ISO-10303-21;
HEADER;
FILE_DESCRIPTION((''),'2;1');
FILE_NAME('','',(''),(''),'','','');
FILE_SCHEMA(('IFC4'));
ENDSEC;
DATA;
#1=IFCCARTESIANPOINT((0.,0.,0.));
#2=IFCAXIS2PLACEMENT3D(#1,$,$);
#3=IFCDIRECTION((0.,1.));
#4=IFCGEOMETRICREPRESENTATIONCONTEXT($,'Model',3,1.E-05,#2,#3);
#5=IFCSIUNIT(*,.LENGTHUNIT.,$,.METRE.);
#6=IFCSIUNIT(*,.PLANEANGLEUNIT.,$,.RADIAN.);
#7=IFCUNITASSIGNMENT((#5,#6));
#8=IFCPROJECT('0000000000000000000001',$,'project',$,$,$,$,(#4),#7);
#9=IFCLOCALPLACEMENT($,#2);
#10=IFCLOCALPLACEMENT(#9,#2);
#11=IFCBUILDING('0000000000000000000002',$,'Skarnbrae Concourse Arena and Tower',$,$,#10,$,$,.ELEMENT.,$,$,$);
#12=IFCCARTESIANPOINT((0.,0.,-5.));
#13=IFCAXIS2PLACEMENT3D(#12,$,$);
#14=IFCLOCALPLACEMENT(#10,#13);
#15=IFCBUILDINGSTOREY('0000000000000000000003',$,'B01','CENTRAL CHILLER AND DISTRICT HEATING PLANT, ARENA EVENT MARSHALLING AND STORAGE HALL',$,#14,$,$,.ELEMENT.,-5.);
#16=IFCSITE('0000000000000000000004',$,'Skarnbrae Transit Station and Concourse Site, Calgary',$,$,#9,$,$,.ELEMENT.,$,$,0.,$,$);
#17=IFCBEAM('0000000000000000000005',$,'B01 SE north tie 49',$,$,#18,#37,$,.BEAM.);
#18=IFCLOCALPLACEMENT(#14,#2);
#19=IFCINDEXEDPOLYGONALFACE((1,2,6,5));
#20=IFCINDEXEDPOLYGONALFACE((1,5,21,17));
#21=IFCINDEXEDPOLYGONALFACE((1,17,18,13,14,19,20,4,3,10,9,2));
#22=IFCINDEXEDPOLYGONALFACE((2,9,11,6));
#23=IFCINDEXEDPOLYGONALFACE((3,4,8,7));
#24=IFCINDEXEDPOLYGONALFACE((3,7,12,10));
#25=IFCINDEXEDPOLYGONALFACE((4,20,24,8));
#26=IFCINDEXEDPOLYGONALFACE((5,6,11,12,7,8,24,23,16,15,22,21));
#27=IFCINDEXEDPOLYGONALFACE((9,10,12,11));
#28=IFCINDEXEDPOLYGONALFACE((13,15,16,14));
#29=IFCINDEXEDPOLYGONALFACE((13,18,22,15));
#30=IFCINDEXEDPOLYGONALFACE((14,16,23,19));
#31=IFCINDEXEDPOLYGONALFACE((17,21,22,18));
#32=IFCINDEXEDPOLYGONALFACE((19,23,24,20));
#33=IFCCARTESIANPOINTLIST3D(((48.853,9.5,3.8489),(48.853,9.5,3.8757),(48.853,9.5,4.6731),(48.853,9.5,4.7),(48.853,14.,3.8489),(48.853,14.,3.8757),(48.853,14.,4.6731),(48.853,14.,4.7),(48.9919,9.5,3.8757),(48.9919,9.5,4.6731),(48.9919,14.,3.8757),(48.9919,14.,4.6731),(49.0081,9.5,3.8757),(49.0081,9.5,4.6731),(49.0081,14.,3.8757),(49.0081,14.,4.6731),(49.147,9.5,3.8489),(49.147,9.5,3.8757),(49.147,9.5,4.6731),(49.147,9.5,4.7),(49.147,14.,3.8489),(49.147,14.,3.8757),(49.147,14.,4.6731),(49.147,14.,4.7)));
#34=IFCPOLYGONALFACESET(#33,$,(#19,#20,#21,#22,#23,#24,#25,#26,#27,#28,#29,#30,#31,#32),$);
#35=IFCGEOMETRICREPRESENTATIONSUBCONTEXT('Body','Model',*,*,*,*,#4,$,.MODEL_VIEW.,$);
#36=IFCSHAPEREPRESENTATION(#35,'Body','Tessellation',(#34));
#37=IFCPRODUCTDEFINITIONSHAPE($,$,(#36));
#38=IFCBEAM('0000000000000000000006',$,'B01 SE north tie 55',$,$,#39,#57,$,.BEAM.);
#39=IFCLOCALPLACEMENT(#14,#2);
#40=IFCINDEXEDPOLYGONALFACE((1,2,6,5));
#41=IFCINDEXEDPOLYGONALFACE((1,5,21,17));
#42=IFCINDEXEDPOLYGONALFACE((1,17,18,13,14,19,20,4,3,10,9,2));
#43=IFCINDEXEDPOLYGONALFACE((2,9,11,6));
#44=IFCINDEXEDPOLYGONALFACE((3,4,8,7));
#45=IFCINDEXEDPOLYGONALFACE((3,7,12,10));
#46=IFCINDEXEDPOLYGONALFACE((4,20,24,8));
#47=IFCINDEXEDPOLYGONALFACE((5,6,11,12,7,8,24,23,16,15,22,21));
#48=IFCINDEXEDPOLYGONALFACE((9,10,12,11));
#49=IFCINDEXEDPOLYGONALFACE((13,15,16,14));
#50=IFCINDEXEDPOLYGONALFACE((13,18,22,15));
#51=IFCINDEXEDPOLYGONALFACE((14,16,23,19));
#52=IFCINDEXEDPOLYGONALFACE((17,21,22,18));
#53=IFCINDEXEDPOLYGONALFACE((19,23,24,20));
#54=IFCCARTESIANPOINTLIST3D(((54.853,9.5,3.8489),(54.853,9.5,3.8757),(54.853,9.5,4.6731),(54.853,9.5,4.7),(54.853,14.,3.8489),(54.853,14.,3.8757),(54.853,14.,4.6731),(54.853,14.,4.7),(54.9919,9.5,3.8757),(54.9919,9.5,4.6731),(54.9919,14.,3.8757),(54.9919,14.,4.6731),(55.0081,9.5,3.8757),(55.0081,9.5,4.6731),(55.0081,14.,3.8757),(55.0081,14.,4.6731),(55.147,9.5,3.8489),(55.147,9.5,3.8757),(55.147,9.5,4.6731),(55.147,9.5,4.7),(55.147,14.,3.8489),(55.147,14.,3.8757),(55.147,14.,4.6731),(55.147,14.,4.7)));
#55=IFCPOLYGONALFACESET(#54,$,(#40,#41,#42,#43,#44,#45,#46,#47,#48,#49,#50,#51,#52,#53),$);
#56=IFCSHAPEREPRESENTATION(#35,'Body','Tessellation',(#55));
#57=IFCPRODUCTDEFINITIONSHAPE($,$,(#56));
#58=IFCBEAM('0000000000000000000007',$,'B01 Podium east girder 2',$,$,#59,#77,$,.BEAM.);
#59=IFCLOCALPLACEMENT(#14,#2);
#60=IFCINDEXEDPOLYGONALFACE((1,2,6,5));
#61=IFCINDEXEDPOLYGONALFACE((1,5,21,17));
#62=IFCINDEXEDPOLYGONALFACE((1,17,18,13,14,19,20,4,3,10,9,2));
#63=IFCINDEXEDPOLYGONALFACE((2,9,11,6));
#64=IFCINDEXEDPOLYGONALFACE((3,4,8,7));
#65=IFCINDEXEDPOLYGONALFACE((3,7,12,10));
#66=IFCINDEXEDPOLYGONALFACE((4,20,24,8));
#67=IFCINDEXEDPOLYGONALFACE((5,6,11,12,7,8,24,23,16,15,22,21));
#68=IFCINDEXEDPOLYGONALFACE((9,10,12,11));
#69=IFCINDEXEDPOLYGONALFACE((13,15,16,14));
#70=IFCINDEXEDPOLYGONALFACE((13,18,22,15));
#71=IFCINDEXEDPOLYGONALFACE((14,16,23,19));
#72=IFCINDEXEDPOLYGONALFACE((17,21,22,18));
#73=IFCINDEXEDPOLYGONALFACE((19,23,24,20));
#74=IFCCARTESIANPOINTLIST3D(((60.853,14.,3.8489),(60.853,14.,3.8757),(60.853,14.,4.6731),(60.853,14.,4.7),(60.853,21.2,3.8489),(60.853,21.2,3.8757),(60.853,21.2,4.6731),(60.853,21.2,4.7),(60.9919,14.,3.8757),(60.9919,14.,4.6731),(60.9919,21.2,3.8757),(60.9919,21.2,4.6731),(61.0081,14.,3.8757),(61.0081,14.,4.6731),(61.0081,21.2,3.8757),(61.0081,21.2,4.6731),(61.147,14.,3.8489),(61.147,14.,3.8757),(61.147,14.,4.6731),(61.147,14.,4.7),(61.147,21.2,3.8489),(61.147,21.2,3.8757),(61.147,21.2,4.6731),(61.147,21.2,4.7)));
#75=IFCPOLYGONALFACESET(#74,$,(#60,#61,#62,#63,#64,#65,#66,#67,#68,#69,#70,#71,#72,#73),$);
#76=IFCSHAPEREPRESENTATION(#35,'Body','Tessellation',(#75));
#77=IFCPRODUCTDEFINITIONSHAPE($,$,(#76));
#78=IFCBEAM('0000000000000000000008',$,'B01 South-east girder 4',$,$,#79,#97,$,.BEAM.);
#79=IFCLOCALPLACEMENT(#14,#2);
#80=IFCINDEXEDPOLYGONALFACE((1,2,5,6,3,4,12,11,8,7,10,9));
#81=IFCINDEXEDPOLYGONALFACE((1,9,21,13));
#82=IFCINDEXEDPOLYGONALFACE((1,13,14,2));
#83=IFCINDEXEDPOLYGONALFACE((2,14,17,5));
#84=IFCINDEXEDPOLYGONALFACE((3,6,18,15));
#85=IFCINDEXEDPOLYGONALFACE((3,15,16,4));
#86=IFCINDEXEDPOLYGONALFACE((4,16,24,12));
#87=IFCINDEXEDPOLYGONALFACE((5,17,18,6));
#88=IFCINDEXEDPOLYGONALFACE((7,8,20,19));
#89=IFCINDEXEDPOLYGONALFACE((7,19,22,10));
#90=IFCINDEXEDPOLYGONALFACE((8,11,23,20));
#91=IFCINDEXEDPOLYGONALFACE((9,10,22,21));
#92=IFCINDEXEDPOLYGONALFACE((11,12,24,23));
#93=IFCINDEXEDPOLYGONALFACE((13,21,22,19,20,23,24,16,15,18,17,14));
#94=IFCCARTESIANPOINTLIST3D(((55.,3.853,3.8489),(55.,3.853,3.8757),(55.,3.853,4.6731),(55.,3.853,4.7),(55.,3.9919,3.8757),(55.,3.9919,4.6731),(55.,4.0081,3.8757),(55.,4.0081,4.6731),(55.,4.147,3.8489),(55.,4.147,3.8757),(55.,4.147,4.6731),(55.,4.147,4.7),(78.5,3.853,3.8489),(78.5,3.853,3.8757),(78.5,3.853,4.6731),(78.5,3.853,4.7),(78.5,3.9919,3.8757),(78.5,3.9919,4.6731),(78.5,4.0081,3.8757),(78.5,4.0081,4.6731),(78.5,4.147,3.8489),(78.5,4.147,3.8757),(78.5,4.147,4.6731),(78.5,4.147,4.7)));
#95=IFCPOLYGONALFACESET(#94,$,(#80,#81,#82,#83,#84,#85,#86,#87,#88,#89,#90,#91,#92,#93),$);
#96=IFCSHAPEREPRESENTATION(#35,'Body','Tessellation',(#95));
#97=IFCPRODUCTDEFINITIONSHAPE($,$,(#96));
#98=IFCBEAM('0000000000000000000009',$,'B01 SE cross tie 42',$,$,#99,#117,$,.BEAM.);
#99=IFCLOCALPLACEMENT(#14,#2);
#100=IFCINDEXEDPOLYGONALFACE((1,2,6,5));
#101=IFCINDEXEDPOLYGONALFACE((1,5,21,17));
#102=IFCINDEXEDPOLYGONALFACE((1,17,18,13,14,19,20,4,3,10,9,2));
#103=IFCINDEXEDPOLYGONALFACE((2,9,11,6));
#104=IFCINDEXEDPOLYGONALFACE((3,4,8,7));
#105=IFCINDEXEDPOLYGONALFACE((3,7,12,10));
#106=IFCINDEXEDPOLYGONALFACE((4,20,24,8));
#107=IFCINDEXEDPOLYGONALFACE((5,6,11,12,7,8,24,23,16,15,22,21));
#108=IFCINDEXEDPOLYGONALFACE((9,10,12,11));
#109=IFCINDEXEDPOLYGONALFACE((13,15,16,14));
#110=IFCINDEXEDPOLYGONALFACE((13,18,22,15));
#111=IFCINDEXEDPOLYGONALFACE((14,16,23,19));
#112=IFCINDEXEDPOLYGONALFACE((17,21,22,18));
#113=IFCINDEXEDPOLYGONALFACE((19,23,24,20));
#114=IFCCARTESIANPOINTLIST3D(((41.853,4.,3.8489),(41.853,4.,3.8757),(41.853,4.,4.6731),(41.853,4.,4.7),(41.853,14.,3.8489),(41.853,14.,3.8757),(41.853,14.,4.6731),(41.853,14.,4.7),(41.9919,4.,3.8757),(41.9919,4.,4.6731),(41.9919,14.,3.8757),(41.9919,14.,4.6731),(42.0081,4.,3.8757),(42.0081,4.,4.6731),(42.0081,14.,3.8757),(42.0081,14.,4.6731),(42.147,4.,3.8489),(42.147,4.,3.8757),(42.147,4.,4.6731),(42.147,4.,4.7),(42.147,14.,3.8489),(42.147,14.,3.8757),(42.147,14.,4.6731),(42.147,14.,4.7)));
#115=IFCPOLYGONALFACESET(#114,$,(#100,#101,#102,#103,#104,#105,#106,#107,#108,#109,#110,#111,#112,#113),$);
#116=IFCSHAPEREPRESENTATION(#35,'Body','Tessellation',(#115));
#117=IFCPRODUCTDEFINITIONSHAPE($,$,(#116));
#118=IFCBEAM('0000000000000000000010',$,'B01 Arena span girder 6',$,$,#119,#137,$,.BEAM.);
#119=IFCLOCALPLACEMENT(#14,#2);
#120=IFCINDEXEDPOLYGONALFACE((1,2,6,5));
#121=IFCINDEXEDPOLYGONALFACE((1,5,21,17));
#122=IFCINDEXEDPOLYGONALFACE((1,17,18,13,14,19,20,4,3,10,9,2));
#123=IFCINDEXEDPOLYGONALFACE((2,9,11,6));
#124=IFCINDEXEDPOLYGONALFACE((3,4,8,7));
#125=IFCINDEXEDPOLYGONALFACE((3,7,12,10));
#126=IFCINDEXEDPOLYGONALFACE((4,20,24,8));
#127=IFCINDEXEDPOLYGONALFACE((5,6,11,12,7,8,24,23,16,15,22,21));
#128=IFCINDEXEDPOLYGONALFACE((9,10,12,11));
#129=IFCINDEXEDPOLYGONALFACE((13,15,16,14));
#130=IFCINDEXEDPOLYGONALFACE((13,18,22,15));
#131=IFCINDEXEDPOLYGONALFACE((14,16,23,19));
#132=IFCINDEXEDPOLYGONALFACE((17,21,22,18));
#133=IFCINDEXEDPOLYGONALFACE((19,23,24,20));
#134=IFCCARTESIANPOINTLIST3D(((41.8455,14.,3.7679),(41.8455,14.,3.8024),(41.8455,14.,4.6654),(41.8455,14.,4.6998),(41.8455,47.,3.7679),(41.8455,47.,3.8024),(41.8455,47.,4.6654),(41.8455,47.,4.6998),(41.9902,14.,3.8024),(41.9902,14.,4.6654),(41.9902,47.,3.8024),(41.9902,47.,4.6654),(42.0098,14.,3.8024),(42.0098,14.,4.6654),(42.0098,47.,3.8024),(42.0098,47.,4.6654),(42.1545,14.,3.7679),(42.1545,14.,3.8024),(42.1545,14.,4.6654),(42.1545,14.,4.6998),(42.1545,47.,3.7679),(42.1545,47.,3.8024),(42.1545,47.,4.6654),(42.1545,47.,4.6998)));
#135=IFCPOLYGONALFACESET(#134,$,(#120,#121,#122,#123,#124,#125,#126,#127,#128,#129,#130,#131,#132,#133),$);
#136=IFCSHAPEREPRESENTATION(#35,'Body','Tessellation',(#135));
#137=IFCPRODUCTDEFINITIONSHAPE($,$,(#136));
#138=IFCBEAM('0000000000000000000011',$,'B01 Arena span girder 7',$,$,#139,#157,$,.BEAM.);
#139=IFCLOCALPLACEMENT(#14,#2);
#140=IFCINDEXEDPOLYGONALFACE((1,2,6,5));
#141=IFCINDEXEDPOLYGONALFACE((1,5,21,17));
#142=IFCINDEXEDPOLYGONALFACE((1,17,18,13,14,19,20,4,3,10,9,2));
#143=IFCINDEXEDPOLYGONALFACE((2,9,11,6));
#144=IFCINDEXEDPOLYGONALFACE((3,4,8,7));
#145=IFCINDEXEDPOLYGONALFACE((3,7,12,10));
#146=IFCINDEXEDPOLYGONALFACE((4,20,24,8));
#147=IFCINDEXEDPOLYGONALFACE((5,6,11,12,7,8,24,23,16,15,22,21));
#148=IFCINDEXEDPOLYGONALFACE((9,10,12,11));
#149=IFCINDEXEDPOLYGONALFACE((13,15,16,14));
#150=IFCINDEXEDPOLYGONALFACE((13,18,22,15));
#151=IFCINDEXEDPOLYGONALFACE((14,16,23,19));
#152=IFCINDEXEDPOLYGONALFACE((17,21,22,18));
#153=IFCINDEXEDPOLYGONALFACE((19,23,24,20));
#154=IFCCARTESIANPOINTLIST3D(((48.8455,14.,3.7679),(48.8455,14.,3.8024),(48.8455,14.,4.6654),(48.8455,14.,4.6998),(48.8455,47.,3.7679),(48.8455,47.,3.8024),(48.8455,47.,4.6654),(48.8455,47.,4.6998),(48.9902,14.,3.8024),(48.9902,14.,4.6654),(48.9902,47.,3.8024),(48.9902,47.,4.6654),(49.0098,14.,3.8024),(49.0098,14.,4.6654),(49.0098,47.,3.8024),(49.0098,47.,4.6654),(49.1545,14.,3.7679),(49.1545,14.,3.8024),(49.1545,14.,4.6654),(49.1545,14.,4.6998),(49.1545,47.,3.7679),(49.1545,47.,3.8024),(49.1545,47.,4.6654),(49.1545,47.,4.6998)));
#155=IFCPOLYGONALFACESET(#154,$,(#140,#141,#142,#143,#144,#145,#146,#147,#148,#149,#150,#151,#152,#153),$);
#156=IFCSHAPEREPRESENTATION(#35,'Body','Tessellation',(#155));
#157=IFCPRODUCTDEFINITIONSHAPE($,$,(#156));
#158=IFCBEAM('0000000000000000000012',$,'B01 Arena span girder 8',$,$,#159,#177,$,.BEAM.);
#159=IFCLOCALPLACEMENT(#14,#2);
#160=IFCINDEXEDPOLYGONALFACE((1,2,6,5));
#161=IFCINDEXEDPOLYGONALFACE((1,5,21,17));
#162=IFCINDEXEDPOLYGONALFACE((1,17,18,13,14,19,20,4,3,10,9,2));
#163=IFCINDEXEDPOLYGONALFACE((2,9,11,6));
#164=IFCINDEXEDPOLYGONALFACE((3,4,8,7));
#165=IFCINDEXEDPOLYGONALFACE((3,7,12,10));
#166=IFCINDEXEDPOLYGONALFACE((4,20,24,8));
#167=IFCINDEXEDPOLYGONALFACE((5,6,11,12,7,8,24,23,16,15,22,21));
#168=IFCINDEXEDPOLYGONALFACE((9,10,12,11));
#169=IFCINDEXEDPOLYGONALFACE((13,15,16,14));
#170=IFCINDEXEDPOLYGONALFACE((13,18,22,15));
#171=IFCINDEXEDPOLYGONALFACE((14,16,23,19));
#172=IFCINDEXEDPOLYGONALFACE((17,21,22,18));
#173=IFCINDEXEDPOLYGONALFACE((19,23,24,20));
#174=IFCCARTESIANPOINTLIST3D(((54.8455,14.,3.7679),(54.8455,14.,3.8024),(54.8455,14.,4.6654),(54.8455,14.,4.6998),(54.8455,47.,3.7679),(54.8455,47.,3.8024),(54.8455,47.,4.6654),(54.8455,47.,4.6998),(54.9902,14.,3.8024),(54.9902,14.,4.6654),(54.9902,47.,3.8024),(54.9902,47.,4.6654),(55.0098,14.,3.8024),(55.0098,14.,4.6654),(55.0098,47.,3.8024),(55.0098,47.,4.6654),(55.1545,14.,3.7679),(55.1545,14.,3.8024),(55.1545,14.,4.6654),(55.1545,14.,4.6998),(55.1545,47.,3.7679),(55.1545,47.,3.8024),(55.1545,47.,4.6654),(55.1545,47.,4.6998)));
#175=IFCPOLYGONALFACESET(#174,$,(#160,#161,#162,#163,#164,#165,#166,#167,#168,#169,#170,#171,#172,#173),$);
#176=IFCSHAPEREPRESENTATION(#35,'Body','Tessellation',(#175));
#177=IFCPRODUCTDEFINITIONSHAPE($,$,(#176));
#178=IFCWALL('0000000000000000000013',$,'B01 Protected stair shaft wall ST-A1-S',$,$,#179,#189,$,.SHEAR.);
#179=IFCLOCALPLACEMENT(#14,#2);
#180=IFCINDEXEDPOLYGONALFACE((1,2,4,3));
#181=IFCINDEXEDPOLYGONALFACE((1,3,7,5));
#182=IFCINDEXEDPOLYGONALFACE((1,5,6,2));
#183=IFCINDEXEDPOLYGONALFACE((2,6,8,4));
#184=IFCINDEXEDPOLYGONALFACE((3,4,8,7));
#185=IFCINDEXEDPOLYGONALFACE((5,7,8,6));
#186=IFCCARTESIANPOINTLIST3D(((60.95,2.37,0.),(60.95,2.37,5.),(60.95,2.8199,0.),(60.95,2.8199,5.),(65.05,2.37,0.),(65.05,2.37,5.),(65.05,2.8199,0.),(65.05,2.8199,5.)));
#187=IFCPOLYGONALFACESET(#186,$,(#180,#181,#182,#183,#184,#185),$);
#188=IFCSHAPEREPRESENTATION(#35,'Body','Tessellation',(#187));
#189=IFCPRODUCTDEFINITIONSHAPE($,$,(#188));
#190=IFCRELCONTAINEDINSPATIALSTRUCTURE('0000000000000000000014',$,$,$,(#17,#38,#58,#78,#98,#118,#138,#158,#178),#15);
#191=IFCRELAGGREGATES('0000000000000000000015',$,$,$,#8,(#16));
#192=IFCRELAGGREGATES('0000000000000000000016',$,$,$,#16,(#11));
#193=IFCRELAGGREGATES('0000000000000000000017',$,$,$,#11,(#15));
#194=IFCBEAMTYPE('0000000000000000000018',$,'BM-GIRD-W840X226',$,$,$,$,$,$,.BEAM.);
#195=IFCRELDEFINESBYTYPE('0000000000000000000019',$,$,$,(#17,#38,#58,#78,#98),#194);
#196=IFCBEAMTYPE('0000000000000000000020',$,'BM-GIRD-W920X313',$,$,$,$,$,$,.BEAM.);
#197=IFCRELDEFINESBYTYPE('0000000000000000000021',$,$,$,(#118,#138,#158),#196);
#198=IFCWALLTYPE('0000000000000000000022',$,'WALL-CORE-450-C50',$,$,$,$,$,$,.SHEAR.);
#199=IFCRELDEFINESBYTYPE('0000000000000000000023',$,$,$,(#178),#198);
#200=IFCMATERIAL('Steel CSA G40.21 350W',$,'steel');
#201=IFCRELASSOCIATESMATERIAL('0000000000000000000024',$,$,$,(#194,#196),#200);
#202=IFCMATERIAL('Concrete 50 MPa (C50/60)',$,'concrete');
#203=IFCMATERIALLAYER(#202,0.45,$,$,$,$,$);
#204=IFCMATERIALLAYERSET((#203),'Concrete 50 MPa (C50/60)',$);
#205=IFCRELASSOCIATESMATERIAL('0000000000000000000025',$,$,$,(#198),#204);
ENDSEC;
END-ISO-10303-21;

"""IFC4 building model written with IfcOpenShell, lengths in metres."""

from ifc_helpers import new_model, si_unit, direction, frame, frame_2d, origin, origin_2d, place, context, subcontext, project, spatial, rectangle, i_section, extrude, source, transform, mapped, material, layer, layer_set, material_profile, profile_set, type_object, element, save


model = new_model("IFC4")

# Units and contexts
model_context = context("Model", 3, precision=1e-05, world=origin(), true_north=direction((0.0, 1.0)))
body_context = subcontext(model_context, "Body", "Model", "MODEL_VIEW")
ifc_project = project(units=[si_unit("LENGTHUNIT", "METRE"), si_unit("PLANEANGLEUNIT", "RADIAN")], contexts=[model_context])

# Site, building, storey
site_placement = place(None, origin())
site = spatial("IfcSite", under=ifc_project, at=site_placement, Name="Skarnbrae Transit Station and Concourse Site, Calgary", CompositionType="ELEMENT", RefElevation=0.0)
building_placement = place(site_placement, origin())
building = spatial("IfcBuilding", under=site, at=building_placement, Name="Skarnbrae Concourse Arena and Tower", CompositionType="ELEMENT")
storey_placement = place(building_placement, frame((0.0, 0.0, -5.0)))
storey = spatial("IfcBuildingStorey", under=building, at=storey_placement, Name="B01", Description="CENTRAL CHILLER AND DISTRICT HEATING PLANT, ARENA EVENT MARSHALLING AND STORAGE HALL", CompositionType="ELEMENT", Elevation=-5.0)

# Shared definitions
ifc_material_1 = material(Name="Steel CSA G40.21 350W", Category="steel")

# Beams
ifc_material_profile_1 = material_profile(ifc_material_1, i_section(OverallWidth=0.2939, OverallDepth=0.8511, WebThickness=0.0161, FlangeThickness=0.0269, at=origin_2d()), Name="W840X226")
ifc_profile_set_1 = profile_set([ifc_material_profile_1], Name="Steel CSA G40.21 350W")
beam_type_1 = type_object("IfcBeamType", Name="BM-GIRD-W840X226", PredefinedType="BEAM", material=ifc_profile_set_1)
shared_shape_1 = source(origin(), body_context, "Body", "SweptSolid", [
    extrude(i_section(OverallWidth=0.2939, OverallDepth=0.8511, WebThickness=0.0161, FlangeThickness=0.0269, at=origin_2d()), origin(), (0.0, 0.0, 1.0), 4.5),
])
for number, where, z_axis, x_axis, name in (
    (1, (49.0, 9.5, 4.2744), (0.0, 1.0, 0.0), (-1.0, 0.0, 0.0), "B01 SE north tie 49"),
    (2, (55.0, 9.5, 4.2744), (0.0, 1.0, 0.0), (-1.0, 0.0, 0.0), "B01 SE north tie 55"),
):
    element("IfcBeam", number, at=place(storey_placement, frame(where, z_axis=z_axis, x_axis=x_axis)), inside=storey, type_object=beam_type_1, Name=name, PredefinedType="BEAM", context=body_context, shape_type="MappedRepresentation", body=[
        mapped(shared_shape_1, transform((0.0, 0.0, 0.0))),
    ])
shared_shape_2 = source(origin(), body_context, "Body", "SweptSolid", [
    extrude(i_section(OverallWidth=0.2939, OverallDepth=0.8511, WebThickness=0.0161, FlangeThickness=0.0269, at=origin_2d()), origin(), (0.0, 0.0, 1.0), 7.2),
])
beam_1_placement = place(storey_placement, frame((61.0, 14.0, 4.2744), z_axis=(0.0, 1.0, 0.0), x_axis=(-1.0, 0.0, 0.0)))
element("IfcBeam", 3, at=beam_1_placement, inside=storey, type_object=beam_type_1, Name="B01 Podium east girder 2", PredefinedType="BEAM", context=body_context, shape_type="MappedRepresentation", body=[
    mapped(shared_shape_2, transform((0.0, 0.0, 0.0))),
])
shared_shape_3 = source(origin(), body_context, "Body", "SweptSolid", [
    extrude(i_section(OverallWidth=0.2939, OverallDepth=0.8511, WebThickness=0.0161, FlangeThickness=0.0269, at=origin_2d()), origin(), (0.0, 0.0, 1.0), 23.5),
])
beam_2_placement = place(storey_placement, frame((55.0, 4.0, 4.2744), z_axis=(1.0, 0.0, 0.0), x_axis=(0.0, 1.0, 0.0)))
element("IfcBeam", 4, at=beam_2_placement, inside=storey, type_object=beam_type_1, Name="B01 South-east girder 4", PredefinedType="BEAM", context=body_context, shape_type="MappedRepresentation", body=[
    mapped(shared_shape_3, transform((0.0, 0.0, 0.0))),
])
shared_shape_4 = source(origin(), body_context, "Body", "SweptSolid", [
    extrude(i_section(OverallWidth=0.2939, OverallDepth=0.8511, WebThickness=0.0161, FlangeThickness=0.0269, at=origin_2d()), origin(), (0.0, 0.0, 1.0), 10.0),
])
beam_3_placement = place(storey_placement, frame((42.0, 4.0, 4.2744), z_axis=(0.0, 1.0, 0.0), x_axis=(-1.0, 0.0, 0.0)))
element("IfcBeam", 5, at=beam_3_placement, inside=storey, type_object=beam_type_1, Name="B01 SE cross tie 42", PredefinedType="BEAM", context=body_context, shape_type="MappedRepresentation", body=[
    mapped(shared_shape_4, transform((0.0, 0.0, 0.0))),
])
ifc_material_profile_2 = material_profile(ifc_material_1, i_section(OverallWidth=0.3091, OverallDepth=0.9319, WebThickness=0.0195, FlangeThickness=0.0344, at=origin_2d()), Name="W920X313")
ifc_profile_set_2 = profile_set([ifc_material_profile_2], Name="Steel CSA G40.21 350W")
beam_type_2 = type_object("IfcBeamType", Name="BM-GIRD-W920X313", PredefinedType="BEAM", material=ifc_profile_set_2)
shared_shape_5 = source(origin(), body_context, "Body", "SweptSolid", [
    extrude(i_section(OverallWidth=0.3091, OverallDepth=0.9319, WebThickness=0.0195, FlangeThickness=0.0344, at=origin_2d()), origin(), (0.0, 0.0, 1.0), 33.0),
])
for number, where, z_axis, x_axis, name in (
    (6, (42.0, 14.0, 4.2339), (0.0, 1.0, 0.0), (-1.0, 0.0, 0.0), "B01 Arena span girder 6"),
    (7, (49.0, 14.0, 4.2339), (0.0, 1.0, 0.0), (-1.0, 0.0, 0.0), "B01 Arena span girder 7"),
    (8, (55.0, 14.0, 4.2339), (0.0, 1.0, 0.0), (-1.0, 0.0, 0.0), "B01 Arena span girder 8"),
):
    element("IfcBeam", number, at=place(storey_placement, frame(where, z_axis=z_axis, x_axis=x_axis)), inside=storey, type_object=beam_type_2, Name=name, PredefinedType="BEAM", context=body_context, shape_type="MappedRepresentation", body=[
        mapped(shared_shape_5, transform((0.0, 0.0, 0.0))),
    ])

# Wall
ifc_material_2 = material(Name="Concrete 50 MPa (C50/60)", Category="concrete")
ifc_layer_1 = layer(ifc_material_2, 0.45)
ifc_layer_set_1 = layer_set([ifc_layer_1], Name="Concrete 50 MPa (C50/60)")
wall_type_1 = type_object("IfcWallType", Name="WALL-CORE-450-C50", PredefinedType="SHEAR", material=ifc_layer_set_1)
shared_shape_6 = source(origin(), body_context, "Body", "SweptSolid", [
    extrude(rectangle(XDim=4.1001, YDim=0.45, at=frame_2d((2.05, 0.0))), origin(), (0.0, 0.0, 1.0), 5.0),
])
for number, where, z_axis, x_axis, name in (
    (9, (60.95, 2.595, 0.0), (0.0, 0.0, 1.0), (1.0, 0.0, 0.0), "B01 Protected stair shaft wall ST-A1-S"),
):
    element("IfcWall", number, at=place(storey_placement, frame(where, z_axis=z_axis, x_axis=x_axis)), inside=storey, type_object=wall_type_1, Name=name, PredefinedType="SHEAR", context=body_context, shape_type="MappedRepresentation", body=[
        mapped(shared_shape_6, transform((0.0, 0.0, 0.0))),
    ])

save(model, "model.ifc")
